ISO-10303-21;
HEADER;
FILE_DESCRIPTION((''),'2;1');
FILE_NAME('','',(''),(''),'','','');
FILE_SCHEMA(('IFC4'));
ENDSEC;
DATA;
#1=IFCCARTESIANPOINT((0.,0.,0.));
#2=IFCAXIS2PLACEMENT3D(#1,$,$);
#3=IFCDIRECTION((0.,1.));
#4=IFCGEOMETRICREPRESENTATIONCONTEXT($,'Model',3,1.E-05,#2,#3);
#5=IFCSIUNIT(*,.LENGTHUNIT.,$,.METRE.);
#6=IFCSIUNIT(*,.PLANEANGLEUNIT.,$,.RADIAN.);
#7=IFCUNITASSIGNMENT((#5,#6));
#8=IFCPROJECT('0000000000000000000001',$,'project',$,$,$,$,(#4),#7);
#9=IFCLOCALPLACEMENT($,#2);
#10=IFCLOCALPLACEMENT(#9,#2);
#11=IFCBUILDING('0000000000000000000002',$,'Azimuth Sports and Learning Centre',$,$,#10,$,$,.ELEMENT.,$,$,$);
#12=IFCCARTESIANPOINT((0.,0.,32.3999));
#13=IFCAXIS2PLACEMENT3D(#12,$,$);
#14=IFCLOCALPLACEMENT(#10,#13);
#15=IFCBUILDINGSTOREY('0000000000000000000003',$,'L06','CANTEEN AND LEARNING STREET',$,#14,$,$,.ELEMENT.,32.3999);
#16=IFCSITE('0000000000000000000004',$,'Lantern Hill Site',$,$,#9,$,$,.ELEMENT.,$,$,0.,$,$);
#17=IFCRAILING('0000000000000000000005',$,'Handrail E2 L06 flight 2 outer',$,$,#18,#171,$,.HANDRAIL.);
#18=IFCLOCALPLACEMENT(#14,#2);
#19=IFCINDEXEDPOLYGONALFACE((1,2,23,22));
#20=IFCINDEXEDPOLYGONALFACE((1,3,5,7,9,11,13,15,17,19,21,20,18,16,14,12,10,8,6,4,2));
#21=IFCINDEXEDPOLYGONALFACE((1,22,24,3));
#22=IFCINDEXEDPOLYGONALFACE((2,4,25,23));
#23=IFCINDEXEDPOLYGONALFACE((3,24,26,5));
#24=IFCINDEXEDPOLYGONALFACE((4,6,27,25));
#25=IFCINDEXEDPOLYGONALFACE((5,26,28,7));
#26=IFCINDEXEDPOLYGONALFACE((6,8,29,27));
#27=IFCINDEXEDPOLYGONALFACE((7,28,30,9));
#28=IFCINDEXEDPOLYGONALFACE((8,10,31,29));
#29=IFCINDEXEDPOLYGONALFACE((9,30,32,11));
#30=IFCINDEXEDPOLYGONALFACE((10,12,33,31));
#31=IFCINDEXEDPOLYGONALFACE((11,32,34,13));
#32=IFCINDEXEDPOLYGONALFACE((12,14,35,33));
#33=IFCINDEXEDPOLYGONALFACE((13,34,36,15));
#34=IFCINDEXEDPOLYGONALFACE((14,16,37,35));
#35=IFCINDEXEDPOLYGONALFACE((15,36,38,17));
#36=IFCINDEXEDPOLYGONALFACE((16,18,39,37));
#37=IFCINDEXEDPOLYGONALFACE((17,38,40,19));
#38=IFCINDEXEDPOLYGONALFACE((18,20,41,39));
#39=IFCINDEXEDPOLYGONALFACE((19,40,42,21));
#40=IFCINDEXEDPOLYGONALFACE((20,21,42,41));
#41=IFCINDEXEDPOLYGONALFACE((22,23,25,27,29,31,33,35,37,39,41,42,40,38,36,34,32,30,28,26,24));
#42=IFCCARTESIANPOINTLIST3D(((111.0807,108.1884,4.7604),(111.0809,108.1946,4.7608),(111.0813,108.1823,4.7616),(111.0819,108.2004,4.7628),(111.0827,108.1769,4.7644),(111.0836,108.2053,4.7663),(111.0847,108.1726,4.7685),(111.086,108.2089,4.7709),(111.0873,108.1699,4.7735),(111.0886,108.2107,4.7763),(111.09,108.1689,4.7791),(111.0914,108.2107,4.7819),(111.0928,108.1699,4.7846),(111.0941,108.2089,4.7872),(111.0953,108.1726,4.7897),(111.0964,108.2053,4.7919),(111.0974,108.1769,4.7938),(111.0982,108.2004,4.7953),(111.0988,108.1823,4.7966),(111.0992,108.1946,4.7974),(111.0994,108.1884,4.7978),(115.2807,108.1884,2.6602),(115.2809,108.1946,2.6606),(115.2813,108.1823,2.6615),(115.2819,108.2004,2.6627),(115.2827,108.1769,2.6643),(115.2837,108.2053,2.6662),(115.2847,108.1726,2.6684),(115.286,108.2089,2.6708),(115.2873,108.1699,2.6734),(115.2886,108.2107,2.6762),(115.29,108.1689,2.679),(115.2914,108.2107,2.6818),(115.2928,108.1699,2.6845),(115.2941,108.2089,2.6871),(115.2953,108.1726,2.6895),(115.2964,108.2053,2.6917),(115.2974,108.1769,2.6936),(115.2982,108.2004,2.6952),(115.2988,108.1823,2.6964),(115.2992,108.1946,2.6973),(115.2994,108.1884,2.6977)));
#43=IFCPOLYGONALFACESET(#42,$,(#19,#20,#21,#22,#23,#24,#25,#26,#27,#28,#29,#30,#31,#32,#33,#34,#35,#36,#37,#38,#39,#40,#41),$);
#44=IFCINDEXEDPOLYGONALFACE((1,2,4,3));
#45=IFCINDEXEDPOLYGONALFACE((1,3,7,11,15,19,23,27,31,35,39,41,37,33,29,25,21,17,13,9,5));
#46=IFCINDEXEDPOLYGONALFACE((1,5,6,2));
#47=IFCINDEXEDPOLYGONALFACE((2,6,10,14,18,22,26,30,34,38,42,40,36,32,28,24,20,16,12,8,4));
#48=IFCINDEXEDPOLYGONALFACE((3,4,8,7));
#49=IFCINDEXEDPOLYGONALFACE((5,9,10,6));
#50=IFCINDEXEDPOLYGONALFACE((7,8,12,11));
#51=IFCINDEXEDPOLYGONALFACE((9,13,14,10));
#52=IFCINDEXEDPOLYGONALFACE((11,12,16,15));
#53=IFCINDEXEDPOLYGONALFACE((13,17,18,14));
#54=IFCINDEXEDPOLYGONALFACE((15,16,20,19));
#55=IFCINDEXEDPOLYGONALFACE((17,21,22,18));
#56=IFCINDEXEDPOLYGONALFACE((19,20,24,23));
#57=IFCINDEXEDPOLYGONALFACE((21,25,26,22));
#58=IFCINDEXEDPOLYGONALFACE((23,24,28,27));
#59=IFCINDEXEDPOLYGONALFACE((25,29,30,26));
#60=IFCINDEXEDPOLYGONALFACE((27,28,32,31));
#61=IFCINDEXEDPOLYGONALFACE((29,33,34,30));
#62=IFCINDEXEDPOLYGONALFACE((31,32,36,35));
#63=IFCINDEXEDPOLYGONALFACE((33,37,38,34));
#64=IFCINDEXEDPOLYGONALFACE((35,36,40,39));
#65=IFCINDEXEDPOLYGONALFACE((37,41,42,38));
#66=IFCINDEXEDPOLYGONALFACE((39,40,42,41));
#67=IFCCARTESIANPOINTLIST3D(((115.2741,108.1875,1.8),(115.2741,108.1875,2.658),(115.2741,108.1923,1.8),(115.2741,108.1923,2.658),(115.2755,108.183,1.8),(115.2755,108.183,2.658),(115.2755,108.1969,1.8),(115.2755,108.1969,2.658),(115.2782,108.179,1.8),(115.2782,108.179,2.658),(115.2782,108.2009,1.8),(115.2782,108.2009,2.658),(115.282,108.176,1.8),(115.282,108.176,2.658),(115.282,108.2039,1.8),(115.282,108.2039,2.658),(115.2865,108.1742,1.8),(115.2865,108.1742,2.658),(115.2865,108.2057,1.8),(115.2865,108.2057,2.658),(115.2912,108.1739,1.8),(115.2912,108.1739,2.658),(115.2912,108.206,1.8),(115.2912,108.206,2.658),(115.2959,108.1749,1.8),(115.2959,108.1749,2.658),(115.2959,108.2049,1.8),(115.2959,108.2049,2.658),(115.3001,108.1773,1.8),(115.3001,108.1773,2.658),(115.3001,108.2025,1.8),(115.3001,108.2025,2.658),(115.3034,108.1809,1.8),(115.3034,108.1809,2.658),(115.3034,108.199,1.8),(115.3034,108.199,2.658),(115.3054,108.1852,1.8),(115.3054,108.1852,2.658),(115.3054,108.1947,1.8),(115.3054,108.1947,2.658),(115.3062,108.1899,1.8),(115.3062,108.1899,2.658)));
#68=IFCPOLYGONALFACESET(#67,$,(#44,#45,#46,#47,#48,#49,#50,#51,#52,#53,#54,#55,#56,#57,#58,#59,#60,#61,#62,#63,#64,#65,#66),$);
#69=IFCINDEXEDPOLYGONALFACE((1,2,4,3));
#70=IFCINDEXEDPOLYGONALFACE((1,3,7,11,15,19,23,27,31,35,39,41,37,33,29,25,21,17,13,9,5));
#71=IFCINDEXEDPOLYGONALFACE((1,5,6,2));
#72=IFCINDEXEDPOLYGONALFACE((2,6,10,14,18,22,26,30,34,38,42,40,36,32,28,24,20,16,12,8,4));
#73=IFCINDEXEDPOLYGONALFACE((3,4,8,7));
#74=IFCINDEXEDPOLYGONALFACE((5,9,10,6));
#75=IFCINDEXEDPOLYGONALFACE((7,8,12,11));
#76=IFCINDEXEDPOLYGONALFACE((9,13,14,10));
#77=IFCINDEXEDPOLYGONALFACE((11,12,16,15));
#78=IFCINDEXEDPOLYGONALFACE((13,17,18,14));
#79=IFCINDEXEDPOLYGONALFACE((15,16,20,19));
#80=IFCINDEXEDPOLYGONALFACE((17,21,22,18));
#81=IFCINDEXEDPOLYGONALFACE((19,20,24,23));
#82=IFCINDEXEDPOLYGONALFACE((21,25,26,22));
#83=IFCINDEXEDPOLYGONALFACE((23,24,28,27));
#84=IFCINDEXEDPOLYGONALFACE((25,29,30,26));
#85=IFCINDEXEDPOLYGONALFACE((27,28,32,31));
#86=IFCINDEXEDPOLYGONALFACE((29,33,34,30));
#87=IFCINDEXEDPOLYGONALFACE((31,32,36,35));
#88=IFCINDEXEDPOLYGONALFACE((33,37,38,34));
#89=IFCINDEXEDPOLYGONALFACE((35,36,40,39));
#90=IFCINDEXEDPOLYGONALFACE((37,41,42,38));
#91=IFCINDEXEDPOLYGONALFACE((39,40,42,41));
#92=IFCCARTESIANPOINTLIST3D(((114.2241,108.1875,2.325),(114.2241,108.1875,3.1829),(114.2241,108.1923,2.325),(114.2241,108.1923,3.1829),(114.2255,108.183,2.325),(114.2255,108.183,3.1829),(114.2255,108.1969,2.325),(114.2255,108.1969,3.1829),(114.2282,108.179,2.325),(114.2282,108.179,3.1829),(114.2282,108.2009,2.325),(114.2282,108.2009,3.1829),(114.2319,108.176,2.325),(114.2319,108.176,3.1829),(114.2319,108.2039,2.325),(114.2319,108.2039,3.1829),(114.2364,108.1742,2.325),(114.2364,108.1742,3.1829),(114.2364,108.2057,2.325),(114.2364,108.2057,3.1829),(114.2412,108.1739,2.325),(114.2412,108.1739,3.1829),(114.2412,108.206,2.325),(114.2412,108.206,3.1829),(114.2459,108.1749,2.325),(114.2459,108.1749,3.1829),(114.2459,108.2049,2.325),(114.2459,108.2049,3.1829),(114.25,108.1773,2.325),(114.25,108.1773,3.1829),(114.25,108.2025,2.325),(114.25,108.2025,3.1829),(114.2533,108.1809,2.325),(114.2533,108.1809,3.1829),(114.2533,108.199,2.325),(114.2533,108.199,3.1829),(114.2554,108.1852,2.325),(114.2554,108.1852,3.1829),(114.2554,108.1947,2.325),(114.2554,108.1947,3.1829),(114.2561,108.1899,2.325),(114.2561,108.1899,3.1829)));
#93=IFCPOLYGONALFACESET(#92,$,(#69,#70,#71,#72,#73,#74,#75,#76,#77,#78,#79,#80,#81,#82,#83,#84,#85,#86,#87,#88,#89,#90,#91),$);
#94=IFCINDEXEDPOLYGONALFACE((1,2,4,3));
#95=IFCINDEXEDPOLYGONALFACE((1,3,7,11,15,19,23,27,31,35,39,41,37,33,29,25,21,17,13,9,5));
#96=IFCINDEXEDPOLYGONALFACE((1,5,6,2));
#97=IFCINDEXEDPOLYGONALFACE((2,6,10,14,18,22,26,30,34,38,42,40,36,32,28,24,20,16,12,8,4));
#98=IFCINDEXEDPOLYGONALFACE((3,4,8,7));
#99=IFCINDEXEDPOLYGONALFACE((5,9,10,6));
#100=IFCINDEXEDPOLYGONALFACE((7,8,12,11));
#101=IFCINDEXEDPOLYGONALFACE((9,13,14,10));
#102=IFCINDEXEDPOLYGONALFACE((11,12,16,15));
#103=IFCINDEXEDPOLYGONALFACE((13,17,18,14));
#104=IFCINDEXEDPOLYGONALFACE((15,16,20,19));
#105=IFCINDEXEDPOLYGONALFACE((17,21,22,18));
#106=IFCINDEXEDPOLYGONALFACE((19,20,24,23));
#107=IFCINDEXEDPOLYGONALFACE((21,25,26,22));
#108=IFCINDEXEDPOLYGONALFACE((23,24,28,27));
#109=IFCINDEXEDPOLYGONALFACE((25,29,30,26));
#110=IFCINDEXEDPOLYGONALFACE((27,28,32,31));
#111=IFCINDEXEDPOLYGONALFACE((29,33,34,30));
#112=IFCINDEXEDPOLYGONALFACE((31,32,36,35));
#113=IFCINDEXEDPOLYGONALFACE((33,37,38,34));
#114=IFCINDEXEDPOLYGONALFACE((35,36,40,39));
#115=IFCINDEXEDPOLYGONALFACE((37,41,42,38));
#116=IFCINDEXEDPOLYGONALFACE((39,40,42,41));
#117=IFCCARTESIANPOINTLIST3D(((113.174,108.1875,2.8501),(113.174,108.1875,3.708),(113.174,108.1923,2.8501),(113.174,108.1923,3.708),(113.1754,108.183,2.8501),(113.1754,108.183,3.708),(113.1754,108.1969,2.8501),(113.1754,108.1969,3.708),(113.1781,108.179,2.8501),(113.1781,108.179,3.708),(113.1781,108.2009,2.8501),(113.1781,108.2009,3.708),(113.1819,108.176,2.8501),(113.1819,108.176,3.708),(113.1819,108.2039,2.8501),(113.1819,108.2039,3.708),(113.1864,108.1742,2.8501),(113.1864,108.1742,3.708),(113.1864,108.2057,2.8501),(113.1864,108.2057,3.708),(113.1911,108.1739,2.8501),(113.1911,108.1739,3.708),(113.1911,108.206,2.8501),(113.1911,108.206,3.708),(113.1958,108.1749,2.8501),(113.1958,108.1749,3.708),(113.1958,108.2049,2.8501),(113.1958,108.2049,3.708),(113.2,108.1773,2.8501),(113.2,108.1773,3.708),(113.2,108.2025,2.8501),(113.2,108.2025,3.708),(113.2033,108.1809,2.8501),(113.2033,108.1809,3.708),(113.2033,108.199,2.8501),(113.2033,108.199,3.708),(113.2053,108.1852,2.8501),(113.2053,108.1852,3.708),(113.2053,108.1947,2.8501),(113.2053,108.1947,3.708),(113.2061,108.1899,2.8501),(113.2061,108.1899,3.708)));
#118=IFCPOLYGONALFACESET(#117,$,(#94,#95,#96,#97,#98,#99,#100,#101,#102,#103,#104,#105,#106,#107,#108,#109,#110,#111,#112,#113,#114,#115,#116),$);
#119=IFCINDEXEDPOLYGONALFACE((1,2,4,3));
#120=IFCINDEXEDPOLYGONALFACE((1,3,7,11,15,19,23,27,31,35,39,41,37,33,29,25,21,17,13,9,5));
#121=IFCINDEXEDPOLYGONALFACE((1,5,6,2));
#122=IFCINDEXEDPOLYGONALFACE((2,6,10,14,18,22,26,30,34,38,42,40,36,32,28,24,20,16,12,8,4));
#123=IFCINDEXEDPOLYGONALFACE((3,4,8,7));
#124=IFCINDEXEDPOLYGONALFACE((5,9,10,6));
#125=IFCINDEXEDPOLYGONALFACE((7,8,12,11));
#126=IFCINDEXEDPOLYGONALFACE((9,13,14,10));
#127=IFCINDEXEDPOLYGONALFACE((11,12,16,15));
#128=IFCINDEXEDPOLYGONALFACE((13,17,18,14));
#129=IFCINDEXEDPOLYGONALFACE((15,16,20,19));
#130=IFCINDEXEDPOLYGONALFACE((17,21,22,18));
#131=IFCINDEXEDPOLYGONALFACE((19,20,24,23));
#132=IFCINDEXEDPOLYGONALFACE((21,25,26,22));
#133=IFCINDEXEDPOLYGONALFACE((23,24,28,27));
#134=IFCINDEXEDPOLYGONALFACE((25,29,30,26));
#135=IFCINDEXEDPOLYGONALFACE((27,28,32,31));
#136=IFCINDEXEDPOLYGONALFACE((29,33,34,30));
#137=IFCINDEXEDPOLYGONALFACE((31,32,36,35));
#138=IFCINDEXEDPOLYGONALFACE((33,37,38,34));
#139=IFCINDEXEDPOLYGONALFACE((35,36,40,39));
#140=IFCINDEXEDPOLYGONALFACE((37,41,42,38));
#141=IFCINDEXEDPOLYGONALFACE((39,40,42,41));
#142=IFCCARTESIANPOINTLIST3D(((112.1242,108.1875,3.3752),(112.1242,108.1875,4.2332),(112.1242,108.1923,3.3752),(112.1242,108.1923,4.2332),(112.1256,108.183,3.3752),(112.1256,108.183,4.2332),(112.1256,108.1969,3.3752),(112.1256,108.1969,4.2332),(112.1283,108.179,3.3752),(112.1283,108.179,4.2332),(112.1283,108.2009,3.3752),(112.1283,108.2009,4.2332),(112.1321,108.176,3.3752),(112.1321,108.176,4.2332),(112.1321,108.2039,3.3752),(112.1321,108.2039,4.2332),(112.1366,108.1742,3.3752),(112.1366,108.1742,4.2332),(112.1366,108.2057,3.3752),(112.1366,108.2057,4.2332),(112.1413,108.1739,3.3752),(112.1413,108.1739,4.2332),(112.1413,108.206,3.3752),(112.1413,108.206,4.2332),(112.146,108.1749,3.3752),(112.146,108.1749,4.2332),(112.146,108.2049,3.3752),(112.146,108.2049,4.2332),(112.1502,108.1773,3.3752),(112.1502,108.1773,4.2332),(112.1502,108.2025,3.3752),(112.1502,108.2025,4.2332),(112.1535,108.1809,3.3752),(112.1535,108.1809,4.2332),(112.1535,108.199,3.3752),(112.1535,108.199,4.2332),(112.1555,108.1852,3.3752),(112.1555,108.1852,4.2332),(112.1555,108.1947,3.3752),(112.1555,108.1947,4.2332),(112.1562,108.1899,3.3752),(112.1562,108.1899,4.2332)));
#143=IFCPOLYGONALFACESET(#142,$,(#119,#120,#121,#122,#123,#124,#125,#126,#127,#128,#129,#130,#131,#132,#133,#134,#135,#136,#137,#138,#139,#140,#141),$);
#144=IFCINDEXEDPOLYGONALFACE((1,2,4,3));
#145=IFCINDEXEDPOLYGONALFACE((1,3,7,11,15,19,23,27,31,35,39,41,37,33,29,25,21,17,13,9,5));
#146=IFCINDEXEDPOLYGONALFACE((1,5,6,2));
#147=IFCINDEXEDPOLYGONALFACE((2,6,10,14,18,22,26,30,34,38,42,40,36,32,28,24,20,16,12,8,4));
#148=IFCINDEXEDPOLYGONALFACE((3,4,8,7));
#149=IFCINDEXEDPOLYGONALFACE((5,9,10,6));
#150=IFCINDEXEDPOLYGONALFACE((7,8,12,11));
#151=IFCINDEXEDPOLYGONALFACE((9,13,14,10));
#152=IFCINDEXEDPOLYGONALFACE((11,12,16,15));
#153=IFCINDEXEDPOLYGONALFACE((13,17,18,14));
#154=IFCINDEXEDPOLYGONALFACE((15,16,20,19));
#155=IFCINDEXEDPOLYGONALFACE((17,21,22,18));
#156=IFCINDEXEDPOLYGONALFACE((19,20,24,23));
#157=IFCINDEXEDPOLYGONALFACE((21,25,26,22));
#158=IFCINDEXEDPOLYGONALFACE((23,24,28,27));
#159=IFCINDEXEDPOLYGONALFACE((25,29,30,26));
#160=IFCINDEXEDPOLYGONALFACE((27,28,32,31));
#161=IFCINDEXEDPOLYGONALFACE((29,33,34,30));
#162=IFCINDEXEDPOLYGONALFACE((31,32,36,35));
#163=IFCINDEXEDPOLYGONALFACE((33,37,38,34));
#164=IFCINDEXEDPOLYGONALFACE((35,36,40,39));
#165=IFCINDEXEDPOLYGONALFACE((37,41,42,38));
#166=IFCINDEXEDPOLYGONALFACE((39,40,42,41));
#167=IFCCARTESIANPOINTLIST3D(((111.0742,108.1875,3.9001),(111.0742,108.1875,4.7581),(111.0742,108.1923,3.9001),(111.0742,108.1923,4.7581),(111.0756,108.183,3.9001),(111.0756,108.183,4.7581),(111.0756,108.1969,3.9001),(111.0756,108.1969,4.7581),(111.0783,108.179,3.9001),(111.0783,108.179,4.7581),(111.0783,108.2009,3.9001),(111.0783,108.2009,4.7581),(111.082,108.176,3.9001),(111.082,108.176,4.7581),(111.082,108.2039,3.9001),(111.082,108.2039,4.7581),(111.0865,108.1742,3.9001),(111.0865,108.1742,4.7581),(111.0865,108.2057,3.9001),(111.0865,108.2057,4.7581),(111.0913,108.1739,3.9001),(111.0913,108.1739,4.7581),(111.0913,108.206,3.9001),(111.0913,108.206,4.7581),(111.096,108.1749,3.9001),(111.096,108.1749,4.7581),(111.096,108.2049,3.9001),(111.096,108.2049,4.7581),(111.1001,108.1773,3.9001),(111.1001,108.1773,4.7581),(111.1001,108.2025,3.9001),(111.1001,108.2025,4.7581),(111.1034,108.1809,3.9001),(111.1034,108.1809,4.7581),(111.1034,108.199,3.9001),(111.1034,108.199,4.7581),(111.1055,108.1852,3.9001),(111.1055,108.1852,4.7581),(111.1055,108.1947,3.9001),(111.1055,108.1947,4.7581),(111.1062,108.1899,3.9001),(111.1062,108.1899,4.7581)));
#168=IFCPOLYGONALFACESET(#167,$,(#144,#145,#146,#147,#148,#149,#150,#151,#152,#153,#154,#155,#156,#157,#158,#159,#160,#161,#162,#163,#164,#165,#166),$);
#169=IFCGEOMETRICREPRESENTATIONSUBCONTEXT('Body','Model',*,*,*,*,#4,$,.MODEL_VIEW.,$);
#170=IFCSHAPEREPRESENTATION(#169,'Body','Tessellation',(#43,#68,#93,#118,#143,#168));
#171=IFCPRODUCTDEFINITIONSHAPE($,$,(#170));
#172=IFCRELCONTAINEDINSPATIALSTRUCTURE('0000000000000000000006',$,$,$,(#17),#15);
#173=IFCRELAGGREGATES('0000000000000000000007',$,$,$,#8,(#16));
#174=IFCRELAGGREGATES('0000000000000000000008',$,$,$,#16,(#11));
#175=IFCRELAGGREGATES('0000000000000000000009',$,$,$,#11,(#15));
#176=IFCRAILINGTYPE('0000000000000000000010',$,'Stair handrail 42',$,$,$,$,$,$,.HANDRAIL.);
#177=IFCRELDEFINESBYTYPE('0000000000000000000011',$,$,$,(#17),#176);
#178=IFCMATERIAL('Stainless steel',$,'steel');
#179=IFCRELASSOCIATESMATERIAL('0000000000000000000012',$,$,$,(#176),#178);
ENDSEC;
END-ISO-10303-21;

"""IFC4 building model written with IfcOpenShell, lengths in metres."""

from ifc_helpers import new_model, si_unit, direction, frame, origin, origin_2d, place, context, subcontext, project, spatial, circle, extrude, material, type_object, element, save


model = new_model("IFC4")

# Units and contexts
model_context = context("Model", 3, precision=1e-05, world=origin(), true_north=direction((0.0, 1.0)))
body_context = subcontext(model_context, "Body", "Model", "MODEL_VIEW")
ifc_project = project(units=[si_unit("LENGTHUNIT", "METRE"), si_unit("PLANEANGLEUNIT", "RADIAN")], contexts=[model_context])

# Site, building, storey
site_placement = place(None, origin())
site = spatial("IfcSite", under=ifc_project, at=site_placement, Name="Lantern Hill Site", CompositionType="ELEMENT", RefElevation=0.0)
building_placement = place(site_placement, origin())
building = spatial("IfcBuilding", under=site, at=building_placement, Name="Azimuth Sports and Learning Centre", CompositionType="ELEMENT")
storey_placement = place(building_placement, frame((0.0, 0.0, 32.3999)))
storey = spatial("IfcBuildingStorey", under=building, at=storey_placement, Name="L06", Description="CANTEEN AND LEARNING STREET", CompositionType="ELEMENT", Elevation=32.3999)

# Railing
ifc_material_1 = material(Name="Stainless steel", Category="steel")
railing_type = type_object("IfcRailingType", Name="Stair handrail 42", PredefinedType="HANDRAIL", material=ifc_material_1)
railing_placement = place(storey_placement, frame((115.29, 108.1899, 1.8)))
element("IfcRailing", 1, at=railing_placement, inside=storey, type_object=railing_type, Name="Handrail E2 L06 flight 2 outer", PredefinedType="HANDRAIL", context=body_context, shape_type="SweptSolid", body=[
    extrude(circle(Radius=0.021, at=origin_2d()), frame((0.0, 0.0, 0.8789), z_axis=(-0.894417, 0.0, 0.447234), x_axis=(0.0, -1.0, 0.0)), (0.0, 0.0, 1.0), 4.6958),
    extrude(circle(Radius=0.0161, at=origin_2d()), origin(), (0.0, 0.0, 1.0), 0.8579),
    extrude(circle(Radius=0.0161, at=origin_2d()), frame((-1.05, 0.0, 0.5249)), (0.0, 0.0, 1.0), 0.8579),
    extrude(circle(Radius=0.0161, at=origin_2d()), frame((-2.1001, 0.0, 1.05)), (0.0, 0.0, 1.0), 0.8579),
    extrude(circle(Radius=0.0161, at=origin_2d()), frame((-3.1499, 0.0, 1.5752)), (0.0, 0.0, 1.0), 0.8579),
    extrude(circle(Radius=0.0161, at=origin_2d()), frame((-4.2, 0.0, 2.1001)), (0.0, 0.0, 1.0), 0.8579),
])

save(model, "model.ifc")
